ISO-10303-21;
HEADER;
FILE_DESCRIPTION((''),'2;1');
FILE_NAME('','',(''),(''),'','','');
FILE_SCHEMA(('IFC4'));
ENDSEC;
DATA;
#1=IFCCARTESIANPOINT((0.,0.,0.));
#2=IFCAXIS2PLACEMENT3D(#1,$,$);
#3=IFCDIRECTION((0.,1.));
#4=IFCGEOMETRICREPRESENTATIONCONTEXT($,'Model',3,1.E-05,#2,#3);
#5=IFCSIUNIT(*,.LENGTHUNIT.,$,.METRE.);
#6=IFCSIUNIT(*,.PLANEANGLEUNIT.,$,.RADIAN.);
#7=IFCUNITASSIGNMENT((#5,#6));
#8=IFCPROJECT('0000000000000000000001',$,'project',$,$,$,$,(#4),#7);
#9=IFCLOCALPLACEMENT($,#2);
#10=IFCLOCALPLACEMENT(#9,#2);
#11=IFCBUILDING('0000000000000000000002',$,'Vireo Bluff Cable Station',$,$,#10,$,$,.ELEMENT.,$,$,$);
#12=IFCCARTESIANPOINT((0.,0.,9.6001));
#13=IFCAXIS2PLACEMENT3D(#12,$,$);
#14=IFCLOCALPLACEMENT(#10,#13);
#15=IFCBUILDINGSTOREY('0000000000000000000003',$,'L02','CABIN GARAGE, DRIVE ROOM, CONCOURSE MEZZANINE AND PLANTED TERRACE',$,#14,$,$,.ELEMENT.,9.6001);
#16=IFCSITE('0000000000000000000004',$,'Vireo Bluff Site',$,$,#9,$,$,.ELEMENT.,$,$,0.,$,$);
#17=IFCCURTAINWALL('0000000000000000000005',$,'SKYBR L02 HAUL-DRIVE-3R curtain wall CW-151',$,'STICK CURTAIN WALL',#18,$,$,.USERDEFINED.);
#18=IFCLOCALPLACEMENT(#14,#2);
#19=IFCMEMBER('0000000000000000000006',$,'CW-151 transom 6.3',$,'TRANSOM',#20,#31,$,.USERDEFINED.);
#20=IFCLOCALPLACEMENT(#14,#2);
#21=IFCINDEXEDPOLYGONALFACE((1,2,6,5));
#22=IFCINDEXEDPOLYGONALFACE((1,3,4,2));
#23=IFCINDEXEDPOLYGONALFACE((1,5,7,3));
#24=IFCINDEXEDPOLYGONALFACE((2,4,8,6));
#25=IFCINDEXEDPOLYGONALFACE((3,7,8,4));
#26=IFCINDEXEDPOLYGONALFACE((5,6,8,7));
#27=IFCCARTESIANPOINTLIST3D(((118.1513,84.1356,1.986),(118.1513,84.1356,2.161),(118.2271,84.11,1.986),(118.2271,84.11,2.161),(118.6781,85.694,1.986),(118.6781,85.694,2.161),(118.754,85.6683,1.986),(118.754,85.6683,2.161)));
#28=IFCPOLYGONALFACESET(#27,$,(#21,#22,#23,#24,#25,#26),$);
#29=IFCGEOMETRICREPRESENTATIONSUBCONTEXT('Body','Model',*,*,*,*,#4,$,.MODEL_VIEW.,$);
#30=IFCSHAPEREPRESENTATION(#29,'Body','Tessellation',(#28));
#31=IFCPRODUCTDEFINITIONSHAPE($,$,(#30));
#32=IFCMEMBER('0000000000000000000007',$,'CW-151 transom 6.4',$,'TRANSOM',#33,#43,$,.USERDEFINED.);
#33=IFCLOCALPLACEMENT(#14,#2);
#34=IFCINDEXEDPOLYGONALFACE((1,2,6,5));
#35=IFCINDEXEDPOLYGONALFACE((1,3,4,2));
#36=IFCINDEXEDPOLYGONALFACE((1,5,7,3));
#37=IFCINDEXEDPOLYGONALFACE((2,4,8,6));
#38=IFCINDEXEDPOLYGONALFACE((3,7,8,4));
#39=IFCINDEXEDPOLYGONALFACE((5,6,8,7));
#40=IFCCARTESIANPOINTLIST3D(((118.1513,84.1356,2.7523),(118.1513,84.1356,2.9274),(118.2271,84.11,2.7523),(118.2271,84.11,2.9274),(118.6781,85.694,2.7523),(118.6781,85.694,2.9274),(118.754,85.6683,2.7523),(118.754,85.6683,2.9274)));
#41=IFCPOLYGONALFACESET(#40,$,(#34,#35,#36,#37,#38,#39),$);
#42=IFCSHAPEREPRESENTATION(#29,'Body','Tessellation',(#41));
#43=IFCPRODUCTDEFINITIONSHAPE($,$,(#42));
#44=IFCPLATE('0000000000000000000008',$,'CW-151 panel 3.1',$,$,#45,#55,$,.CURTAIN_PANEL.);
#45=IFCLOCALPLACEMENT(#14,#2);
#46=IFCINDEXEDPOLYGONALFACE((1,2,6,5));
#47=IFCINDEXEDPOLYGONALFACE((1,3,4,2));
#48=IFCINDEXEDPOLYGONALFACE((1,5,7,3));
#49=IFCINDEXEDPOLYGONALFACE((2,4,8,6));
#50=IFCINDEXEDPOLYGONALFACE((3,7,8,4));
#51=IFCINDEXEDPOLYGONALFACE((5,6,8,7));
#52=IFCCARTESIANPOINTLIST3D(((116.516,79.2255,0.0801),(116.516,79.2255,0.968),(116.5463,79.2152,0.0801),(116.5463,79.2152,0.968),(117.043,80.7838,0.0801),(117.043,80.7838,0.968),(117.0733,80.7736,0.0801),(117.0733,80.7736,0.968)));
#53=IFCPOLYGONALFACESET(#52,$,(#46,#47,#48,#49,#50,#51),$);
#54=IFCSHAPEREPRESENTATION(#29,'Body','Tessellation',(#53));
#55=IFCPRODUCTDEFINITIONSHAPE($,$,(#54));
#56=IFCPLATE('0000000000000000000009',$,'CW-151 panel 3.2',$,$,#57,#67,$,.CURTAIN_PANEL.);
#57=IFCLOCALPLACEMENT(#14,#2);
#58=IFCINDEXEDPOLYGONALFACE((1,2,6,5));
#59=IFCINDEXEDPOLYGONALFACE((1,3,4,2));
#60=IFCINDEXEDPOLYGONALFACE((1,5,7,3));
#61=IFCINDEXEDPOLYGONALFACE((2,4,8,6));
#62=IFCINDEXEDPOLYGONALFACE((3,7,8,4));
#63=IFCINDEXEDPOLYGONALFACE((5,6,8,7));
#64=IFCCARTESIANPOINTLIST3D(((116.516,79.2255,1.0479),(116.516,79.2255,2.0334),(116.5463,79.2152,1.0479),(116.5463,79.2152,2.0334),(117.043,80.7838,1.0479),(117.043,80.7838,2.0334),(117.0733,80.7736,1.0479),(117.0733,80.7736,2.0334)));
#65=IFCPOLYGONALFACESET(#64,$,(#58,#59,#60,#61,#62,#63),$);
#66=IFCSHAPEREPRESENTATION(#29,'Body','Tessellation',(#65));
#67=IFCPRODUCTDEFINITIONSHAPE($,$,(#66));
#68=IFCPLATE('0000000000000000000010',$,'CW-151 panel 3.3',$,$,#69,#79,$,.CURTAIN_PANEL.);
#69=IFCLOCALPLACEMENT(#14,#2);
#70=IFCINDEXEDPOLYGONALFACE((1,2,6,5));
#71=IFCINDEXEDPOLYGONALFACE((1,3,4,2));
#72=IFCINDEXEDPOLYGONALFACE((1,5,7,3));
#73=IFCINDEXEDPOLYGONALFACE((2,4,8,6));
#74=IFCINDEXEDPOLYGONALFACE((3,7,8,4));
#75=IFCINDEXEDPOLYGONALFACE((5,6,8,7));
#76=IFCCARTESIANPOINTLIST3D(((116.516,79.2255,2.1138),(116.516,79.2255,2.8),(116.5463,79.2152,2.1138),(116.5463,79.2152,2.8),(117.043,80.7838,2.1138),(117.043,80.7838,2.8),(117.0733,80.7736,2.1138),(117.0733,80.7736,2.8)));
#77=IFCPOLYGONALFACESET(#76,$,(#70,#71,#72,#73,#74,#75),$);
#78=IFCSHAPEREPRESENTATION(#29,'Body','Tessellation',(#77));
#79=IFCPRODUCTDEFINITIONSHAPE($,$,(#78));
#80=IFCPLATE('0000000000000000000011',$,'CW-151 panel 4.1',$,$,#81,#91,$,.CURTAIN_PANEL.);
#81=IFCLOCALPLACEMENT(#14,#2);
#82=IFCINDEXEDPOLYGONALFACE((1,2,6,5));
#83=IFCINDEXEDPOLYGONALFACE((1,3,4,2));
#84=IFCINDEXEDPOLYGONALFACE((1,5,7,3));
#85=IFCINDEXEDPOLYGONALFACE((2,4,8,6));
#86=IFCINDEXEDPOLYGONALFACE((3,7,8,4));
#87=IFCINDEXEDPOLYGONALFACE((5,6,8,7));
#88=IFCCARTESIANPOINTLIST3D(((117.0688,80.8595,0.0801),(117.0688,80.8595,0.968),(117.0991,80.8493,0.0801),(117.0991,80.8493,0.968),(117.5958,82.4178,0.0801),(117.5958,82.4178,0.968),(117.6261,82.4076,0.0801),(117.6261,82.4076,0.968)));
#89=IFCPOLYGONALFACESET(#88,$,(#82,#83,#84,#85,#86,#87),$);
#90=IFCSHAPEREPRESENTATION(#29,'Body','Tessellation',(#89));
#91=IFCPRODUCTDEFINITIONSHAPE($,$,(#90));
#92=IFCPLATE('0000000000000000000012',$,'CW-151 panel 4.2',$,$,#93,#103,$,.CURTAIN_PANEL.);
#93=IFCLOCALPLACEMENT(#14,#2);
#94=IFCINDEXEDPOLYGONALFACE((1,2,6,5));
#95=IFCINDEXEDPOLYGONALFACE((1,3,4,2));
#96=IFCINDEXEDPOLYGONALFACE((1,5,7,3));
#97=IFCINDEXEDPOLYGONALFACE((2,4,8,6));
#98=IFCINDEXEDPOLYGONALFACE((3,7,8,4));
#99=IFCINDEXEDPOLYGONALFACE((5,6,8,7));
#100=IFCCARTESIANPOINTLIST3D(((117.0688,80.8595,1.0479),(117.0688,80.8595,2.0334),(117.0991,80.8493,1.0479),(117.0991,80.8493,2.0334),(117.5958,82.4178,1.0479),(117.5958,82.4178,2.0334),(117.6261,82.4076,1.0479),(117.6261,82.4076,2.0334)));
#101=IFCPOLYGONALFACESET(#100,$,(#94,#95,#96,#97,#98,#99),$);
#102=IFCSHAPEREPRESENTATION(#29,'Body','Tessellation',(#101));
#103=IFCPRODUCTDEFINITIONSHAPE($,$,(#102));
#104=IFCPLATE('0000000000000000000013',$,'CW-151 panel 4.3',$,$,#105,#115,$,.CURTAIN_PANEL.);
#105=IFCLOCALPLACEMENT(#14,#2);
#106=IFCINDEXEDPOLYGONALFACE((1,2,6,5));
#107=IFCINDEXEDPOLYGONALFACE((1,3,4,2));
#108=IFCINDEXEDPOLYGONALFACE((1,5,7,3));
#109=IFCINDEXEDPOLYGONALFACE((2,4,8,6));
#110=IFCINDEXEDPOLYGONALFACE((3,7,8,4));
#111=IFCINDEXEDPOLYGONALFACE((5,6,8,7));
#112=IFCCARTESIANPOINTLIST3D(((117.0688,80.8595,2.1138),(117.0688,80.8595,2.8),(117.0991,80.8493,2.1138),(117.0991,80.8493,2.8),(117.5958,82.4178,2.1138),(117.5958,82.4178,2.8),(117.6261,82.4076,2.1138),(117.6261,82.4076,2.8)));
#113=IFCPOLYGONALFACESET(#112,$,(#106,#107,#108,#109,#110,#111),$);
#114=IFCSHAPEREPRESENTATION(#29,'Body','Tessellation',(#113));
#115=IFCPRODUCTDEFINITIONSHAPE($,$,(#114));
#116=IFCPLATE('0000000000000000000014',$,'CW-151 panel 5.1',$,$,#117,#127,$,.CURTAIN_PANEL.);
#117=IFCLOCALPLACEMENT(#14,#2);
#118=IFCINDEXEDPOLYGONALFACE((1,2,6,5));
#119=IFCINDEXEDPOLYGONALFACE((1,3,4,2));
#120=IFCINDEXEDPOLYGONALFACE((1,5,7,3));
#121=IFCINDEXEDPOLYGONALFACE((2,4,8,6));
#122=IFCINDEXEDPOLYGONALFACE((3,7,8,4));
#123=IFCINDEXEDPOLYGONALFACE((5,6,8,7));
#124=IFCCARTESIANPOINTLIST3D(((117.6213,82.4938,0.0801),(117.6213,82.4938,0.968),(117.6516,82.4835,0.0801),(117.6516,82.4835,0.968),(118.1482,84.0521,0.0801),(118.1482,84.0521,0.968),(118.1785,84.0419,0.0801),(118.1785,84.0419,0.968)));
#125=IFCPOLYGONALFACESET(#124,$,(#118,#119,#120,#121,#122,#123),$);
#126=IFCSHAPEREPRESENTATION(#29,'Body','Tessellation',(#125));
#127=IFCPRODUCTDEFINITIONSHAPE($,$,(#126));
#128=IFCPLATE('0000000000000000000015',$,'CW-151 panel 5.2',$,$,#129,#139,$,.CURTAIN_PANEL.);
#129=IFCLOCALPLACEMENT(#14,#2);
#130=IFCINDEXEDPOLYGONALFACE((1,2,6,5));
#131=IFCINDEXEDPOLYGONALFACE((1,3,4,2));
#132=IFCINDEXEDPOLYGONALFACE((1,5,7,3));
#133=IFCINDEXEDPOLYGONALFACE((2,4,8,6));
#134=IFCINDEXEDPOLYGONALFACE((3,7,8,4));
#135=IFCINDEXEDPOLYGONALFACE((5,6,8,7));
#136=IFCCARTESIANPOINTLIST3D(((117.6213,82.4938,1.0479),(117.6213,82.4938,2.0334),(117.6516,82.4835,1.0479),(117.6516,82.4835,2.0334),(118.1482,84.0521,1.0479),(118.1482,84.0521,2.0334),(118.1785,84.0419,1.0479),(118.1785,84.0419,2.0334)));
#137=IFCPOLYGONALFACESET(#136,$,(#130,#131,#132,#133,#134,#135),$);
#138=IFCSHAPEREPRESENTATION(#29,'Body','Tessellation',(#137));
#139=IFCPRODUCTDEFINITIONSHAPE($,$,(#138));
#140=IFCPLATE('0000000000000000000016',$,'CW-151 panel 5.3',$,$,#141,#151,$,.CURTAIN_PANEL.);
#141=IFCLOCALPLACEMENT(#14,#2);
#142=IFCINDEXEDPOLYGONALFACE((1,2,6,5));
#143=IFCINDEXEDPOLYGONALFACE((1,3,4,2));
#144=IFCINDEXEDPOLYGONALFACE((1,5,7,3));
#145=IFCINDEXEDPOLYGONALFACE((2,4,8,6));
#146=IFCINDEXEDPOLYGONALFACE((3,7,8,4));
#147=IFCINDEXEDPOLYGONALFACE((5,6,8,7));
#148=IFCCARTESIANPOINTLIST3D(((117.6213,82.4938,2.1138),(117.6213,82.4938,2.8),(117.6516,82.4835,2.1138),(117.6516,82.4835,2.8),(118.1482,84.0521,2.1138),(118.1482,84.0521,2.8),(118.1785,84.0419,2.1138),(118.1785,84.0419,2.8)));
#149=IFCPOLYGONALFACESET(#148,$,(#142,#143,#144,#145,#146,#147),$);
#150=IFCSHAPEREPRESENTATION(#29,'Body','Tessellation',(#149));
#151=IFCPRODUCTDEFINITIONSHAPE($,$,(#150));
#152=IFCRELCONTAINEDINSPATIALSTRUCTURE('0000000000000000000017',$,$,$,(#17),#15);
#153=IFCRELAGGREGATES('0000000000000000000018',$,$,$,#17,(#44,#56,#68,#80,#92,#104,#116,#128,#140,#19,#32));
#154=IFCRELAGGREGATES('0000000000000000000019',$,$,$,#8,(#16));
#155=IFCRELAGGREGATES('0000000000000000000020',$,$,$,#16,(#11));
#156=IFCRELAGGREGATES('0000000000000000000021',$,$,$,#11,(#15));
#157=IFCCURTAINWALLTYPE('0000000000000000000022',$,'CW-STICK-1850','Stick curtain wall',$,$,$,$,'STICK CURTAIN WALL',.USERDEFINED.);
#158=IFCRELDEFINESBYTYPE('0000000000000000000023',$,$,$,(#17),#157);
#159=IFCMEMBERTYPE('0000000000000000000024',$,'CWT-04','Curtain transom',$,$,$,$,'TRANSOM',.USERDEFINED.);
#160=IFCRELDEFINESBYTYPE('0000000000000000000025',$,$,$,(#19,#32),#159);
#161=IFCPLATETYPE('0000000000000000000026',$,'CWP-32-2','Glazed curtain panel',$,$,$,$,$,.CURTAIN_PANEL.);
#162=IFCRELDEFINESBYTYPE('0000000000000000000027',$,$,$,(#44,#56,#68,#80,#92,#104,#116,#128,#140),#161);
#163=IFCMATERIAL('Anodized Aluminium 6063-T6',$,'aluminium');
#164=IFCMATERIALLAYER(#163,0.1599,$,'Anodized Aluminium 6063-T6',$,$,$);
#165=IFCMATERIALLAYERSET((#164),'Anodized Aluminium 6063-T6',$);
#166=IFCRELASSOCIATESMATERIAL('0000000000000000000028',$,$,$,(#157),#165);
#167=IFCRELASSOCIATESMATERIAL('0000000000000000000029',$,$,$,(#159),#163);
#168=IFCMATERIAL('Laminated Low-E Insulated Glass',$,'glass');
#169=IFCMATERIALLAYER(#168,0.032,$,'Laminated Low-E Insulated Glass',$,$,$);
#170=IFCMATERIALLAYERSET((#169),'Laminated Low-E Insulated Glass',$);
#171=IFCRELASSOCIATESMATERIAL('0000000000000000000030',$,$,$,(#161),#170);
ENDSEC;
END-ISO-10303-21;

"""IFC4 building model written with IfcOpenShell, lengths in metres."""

from ifc_helpers import new_model, si_unit, direction, frame, origin, origin_2d, place, context, subcontext, project, spatial, rectangle, extrude, material, layer, layer_set, material_profile, profile_set, type_object, element, aggregate, save


model = new_model("IFC4")

# Units and contexts
model_context = context("Model", 3, precision=1e-05, world=origin(), true_north=direction((0.0, 1.0)))
body_context = subcontext(model_context, "Body", "Model", "MODEL_VIEW")
ifc_project = project(units=[si_unit("LENGTHUNIT", "METRE"), si_unit("PLANEANGLEUNIT", "RADIAN")], contexts=[model_context])

# Site, building, storey
site_placement = place(None, origin())
site = spatial("IfcSite", under=ifc_project, at=site_placement, Name="Vireo Bluff Site", CompositionType="ELEMENT", RefElevation=0.0)
building_placement = place(site_placement, origin())
building = spatial("IfcBuilding", under=site, at=building_placement, Name="Vireo Bluff Cable Station", CompositionType="ELEMENT")
storey_placement = place(building_placement, frame((0.0, 0.0, 9.6001)))
storey = spatial("IfcBuildingStorey", under=building, at=storey_placement, Name="L02", Description="CABIN GARAGE, DRIVE ROOM, CONCOURSE MEZZANINE AND PLANTED TERRACE", CompositionType="ELEMENT", Elevation=9.6001)

# Curtain wall, members, plates
ifc_material_1 = material(Name="Anodized Aluminium 6063-T6", Category="aluminium")
ifc_layer_1 = layer(ifc_material_1, 0.1599, Name="Anodized Aluminium 6063-T6")
ifc_layer_set_1 = layer_set([ifc_layer_1], Name="Anodized Aluminium 6063-T6")
curtain_wall_type = type_object("IfcCurtainWallType", Name="CW-STICK-1850", Description="Stick curtain wall", ElementType="STICK CURTAIN WALL", PredefinedType="USERDEFINED", material=ifc_layer_set_1)
curtain_wall_placement = place(storey_placement, origin())
curtain_wall = element("IfcCurtainWall", 1, at=curtain_wall_placement, inside=storey, type_object=curtain_wall_type, Name="SKYBR L02 HAUL-DRIVE-3R curtain wall CW-151", ObjectType="STICK CURTAIN WALL", PredefinedType="USERDEFINED")
ifc_material_profile_1 = material_profile(ifc_material_1, rectangle(XDim=0.0801, YDim=0.175, at=origin_2d()), Name="ALU-T-80X175")
ifc_profile_set_1 = profile_set([ifc_material_profile_1], Name="Anodized Aluminium 6063-T6")
member_type_1 = type_object("IfcMemberType", Name="CWT-04", Description="Curtain transom", ElementType="TRANSOM", PredefinedType="USERDEFINED", material=ifc_profile_set_1)
member_1_placement = place(storey_placement, frame((118.1892, 84.1228, 2.0735), z_axis=(0.320277, 0.947324, 0.0), x_axis=(-0.947324, 0.320277, 0.0)))
member_1 = element("IfcMember", 2, at=member_1_placement, type_object=member_type_1, Name="CW-151 transom 6.3", ObjectType="TRANSOM", PredefinedType="USERDEFINED", context=body_context, shape_type="SweptSolid", body=[
    extrude(rectangle(XDim=0.0801, YDim=0.175, at=origin_2d()), origin(), (0.0, 0.0, 1.0), 1.645),
])
member_2_placement = place(storey_placement, frame((118.1892, 84.1228, 2.8398), z_axis=(0.320277, 0.947324, 0.0), x_axis=(-0.947324, 0.320277, 0.0)))
member_2 = element("IfcMember", 3, at=member_2_placement, type_object=member_type_1, Name="CW-151 transom 6.4", ObjectType="TRANSOM", PredefinedType="USERDEFINED", context=body_context, shape_type="SweptSolid", body=[
    extrude(rectangle(XDim=0.0801, YDim=0.175, at=origin_2d()), origin(), (0.0, 0.0, 1.0), 1.645),
])
ifc_material_2 = material(Name="Laminated Low-E Insulated Glass", Category="glass")
ifc_layer_2 = layer(ifc_material_2, 0.032, Name="Laminated Low-E Insulated Glass")
ifc_layer_set_2 = layer_set([ifc_layer_2], Name="Laminated Low-E Insulated Glass")
plate_type = type_object("IfcPlateType", Name="CWP-32-2", Description="Glazed curtain panel", PredefinedType="CURTAIN_PANEL", material=ifc_layer_set_2)
plate_1_placement = place(storey_placement, frame((116.7947, 79.9995, 0.0801), z_axis=(0.0, 0.0, 1.0), x_axis=(0.320354, 0.947298, 0.0)))
plate_1 = element("IfcPlate", 4, at=plate_1_placement, type_object=plate_type, Name="CW-151 panel 3.1", PredefinedType="CURTAIN_PANEL", context=body_context, shape_type="SweptSolid", body=[
    extrude(rectangle(XDim=1.645, YDim=0.032, at=origin_2d()), origin(), (0.0, 0.0, 1.0), 0.8879),
])
plate_2_placement = place(storey_placement, frame((116.7947, 79.9995, 1.0479), z_axis=(0.0, 0.0, 1.0), x_axis=(0.320354, 0.947298, 0.0)))
plate_2 = element("IfcPlate", 5, at=plate_2_placement, type_object=plate_type, Name="CW-151 panel 3.2", PredefinedType="CURTAIN_PANEL", context=body_context, shape_type="SweptSolid", body=[
    extrude(rectangle(XDim=1.645, YDim=0.032, at=origin_2d()), origin(), (0.0, 0.0, 1.0), 0.9856),
])
plate_3_placement = place(storey_placement, frame((116.7947, 79.9995, 2.1138), z_axis=(0.0, 0.0, 1.0), x_axis=(0.320354, 0.947298, 0.0)))
plate_3 = element("IfcPlate", 6, at=plate_3_placement, type_object=plate_type, Name="CW-151 panel 3.3", PredefinedType="CURTAIN_PANEL", context=body_context, shape_type="SweptSolid", body=[
    extrude(rectangle(XDim=1.645, YDim=0.032, at=origin_2d()), origin(), (0.0, 0.0, 1.0), 0.6863),
])
plate_4_placement = place(storey_placement, frame((117.3474, 81.6335, 0.0801), z_axis=(0.0, 0.0, 1.0), x_axis=(0.320354, 0.947298, 0.0)))
plate_4 = element("IfcPlate", 7, at=plate_4_placement, type_object=plate_type, Name="CW-151 panel 4.1", PredefinedType="CURTAIN_PANEL", context=body_context, shape_type="SweptSolid", body=[
    extrude(rectangle(XDim=1.645, YDim=0.032, at=origin_2d()), origin(), (0.0, 0.0, 1.0), 0.8879),
])
plate_5_placement = place(storey_placement, frame((117.3474, 81.6335, 1.0479), z_axis=(0.0, 0.0, 1.0), x_axis=(0.320354, 0.947298, 0.0)))
plate_5 = element("IfcPlate", 8, at=plate_5_placement, type_object=plate_type, Name="CW-151 panel 4.2", PredefinedType="CURTAIN_PANEL", context=body_context, shape_type="SweptSolid", body=[
    extrude(rectangle(XDim=1.645, YDim=0.032, at=origin_2d()), origin(), (0.0, 0.0, 1.0), 0.9856),
])
plate_6_placement = place(storey_placement, frame((117.3474, 81.6335, 2.1138), z_axis=(0.0, 0.0, 1.0), x_axis=(0.320354, 0.947298, 0.0)))
plate_6 = element("IfcPlate", 9, at=plate_6_placement, type_object=plate_type, Name="CW-151 panel 4.3", PredefinedType="CURTAIN_PANEL", context=body_context, shape_type="SweptSolid", body=[
    extrude(rectangle(XDim=1.645, YDim=0.032, at=origin_2d()), origin(), (0.0, 0.0, 1.0), 0.6863),
])
plate_7_placement = place(storey_placement, frame((117.8999, 83.2678, 0.0801), z_axis=(0.0, 0.0, 1.0), x_axis=(0.320354, 0.947298, 0.0)))
plate_7 = element("IfcPlate", 10, at=plate_7_placement, type_object=plate_type, Name="CW-151 panel 5.1", PredefinedType="CURTAIN_PANEL", context=body_context, shape_type="SweptSolid", body=[
    extrude(rectangle(XDim=1.645, YDim=0.032, at=origin_2d()), origin(), (0.0, 0.0, 1.0), 0.8879),
])
plate_8_placement = place(storey_placement, frame((117.8999, 83.2678, 1.0479), z_axis=(0.0, 0.0, 1.0), x_axis=(0.320354, 0.947298, 0.0)))
plate_8 = element("IfcPlate", 11, at=plate_8_placement, type_object=plate_type, Name="CW-151 panel 5.2", PredefinedType="CURTAIN_PANEL", context=body_context, shape_type="SweptSolid", body=[
    extrude(rectangle(XDim=1.645, YDim=0.032, at=origin_2d()), origin(), (0.0, 0.0, 1.0), 0.9856),
])
plate_9_placement = place(storey_placement, frame((117.8999, 83.2678, 2.1138), z_axis=(0.0, 0.0, 1.0), x_axis=(0.320354, 0.947298, 0.0)))
plate_9 = element("IfcPlate", 12, at=plate_9_placement, type_object=plate_type, Name="CW-151 panel 5.3", PredefinedType="CURTAIN_PANEL", context=body_context, shape_type="SweptSolid", body=[
    extrude(rectangle(XDim=1.645, YDim=0.032, at=origin_2d()), origin(), (0.0, 0.0, 1.0), 0.6863),
])
aggregate(curtain_wall, [plate_1, plate_2, plate_3, plate_4, plate_5, plate_6, plate_7, plate_8, plate_9, member_1, member_2])

save(model, "model.ifc")
